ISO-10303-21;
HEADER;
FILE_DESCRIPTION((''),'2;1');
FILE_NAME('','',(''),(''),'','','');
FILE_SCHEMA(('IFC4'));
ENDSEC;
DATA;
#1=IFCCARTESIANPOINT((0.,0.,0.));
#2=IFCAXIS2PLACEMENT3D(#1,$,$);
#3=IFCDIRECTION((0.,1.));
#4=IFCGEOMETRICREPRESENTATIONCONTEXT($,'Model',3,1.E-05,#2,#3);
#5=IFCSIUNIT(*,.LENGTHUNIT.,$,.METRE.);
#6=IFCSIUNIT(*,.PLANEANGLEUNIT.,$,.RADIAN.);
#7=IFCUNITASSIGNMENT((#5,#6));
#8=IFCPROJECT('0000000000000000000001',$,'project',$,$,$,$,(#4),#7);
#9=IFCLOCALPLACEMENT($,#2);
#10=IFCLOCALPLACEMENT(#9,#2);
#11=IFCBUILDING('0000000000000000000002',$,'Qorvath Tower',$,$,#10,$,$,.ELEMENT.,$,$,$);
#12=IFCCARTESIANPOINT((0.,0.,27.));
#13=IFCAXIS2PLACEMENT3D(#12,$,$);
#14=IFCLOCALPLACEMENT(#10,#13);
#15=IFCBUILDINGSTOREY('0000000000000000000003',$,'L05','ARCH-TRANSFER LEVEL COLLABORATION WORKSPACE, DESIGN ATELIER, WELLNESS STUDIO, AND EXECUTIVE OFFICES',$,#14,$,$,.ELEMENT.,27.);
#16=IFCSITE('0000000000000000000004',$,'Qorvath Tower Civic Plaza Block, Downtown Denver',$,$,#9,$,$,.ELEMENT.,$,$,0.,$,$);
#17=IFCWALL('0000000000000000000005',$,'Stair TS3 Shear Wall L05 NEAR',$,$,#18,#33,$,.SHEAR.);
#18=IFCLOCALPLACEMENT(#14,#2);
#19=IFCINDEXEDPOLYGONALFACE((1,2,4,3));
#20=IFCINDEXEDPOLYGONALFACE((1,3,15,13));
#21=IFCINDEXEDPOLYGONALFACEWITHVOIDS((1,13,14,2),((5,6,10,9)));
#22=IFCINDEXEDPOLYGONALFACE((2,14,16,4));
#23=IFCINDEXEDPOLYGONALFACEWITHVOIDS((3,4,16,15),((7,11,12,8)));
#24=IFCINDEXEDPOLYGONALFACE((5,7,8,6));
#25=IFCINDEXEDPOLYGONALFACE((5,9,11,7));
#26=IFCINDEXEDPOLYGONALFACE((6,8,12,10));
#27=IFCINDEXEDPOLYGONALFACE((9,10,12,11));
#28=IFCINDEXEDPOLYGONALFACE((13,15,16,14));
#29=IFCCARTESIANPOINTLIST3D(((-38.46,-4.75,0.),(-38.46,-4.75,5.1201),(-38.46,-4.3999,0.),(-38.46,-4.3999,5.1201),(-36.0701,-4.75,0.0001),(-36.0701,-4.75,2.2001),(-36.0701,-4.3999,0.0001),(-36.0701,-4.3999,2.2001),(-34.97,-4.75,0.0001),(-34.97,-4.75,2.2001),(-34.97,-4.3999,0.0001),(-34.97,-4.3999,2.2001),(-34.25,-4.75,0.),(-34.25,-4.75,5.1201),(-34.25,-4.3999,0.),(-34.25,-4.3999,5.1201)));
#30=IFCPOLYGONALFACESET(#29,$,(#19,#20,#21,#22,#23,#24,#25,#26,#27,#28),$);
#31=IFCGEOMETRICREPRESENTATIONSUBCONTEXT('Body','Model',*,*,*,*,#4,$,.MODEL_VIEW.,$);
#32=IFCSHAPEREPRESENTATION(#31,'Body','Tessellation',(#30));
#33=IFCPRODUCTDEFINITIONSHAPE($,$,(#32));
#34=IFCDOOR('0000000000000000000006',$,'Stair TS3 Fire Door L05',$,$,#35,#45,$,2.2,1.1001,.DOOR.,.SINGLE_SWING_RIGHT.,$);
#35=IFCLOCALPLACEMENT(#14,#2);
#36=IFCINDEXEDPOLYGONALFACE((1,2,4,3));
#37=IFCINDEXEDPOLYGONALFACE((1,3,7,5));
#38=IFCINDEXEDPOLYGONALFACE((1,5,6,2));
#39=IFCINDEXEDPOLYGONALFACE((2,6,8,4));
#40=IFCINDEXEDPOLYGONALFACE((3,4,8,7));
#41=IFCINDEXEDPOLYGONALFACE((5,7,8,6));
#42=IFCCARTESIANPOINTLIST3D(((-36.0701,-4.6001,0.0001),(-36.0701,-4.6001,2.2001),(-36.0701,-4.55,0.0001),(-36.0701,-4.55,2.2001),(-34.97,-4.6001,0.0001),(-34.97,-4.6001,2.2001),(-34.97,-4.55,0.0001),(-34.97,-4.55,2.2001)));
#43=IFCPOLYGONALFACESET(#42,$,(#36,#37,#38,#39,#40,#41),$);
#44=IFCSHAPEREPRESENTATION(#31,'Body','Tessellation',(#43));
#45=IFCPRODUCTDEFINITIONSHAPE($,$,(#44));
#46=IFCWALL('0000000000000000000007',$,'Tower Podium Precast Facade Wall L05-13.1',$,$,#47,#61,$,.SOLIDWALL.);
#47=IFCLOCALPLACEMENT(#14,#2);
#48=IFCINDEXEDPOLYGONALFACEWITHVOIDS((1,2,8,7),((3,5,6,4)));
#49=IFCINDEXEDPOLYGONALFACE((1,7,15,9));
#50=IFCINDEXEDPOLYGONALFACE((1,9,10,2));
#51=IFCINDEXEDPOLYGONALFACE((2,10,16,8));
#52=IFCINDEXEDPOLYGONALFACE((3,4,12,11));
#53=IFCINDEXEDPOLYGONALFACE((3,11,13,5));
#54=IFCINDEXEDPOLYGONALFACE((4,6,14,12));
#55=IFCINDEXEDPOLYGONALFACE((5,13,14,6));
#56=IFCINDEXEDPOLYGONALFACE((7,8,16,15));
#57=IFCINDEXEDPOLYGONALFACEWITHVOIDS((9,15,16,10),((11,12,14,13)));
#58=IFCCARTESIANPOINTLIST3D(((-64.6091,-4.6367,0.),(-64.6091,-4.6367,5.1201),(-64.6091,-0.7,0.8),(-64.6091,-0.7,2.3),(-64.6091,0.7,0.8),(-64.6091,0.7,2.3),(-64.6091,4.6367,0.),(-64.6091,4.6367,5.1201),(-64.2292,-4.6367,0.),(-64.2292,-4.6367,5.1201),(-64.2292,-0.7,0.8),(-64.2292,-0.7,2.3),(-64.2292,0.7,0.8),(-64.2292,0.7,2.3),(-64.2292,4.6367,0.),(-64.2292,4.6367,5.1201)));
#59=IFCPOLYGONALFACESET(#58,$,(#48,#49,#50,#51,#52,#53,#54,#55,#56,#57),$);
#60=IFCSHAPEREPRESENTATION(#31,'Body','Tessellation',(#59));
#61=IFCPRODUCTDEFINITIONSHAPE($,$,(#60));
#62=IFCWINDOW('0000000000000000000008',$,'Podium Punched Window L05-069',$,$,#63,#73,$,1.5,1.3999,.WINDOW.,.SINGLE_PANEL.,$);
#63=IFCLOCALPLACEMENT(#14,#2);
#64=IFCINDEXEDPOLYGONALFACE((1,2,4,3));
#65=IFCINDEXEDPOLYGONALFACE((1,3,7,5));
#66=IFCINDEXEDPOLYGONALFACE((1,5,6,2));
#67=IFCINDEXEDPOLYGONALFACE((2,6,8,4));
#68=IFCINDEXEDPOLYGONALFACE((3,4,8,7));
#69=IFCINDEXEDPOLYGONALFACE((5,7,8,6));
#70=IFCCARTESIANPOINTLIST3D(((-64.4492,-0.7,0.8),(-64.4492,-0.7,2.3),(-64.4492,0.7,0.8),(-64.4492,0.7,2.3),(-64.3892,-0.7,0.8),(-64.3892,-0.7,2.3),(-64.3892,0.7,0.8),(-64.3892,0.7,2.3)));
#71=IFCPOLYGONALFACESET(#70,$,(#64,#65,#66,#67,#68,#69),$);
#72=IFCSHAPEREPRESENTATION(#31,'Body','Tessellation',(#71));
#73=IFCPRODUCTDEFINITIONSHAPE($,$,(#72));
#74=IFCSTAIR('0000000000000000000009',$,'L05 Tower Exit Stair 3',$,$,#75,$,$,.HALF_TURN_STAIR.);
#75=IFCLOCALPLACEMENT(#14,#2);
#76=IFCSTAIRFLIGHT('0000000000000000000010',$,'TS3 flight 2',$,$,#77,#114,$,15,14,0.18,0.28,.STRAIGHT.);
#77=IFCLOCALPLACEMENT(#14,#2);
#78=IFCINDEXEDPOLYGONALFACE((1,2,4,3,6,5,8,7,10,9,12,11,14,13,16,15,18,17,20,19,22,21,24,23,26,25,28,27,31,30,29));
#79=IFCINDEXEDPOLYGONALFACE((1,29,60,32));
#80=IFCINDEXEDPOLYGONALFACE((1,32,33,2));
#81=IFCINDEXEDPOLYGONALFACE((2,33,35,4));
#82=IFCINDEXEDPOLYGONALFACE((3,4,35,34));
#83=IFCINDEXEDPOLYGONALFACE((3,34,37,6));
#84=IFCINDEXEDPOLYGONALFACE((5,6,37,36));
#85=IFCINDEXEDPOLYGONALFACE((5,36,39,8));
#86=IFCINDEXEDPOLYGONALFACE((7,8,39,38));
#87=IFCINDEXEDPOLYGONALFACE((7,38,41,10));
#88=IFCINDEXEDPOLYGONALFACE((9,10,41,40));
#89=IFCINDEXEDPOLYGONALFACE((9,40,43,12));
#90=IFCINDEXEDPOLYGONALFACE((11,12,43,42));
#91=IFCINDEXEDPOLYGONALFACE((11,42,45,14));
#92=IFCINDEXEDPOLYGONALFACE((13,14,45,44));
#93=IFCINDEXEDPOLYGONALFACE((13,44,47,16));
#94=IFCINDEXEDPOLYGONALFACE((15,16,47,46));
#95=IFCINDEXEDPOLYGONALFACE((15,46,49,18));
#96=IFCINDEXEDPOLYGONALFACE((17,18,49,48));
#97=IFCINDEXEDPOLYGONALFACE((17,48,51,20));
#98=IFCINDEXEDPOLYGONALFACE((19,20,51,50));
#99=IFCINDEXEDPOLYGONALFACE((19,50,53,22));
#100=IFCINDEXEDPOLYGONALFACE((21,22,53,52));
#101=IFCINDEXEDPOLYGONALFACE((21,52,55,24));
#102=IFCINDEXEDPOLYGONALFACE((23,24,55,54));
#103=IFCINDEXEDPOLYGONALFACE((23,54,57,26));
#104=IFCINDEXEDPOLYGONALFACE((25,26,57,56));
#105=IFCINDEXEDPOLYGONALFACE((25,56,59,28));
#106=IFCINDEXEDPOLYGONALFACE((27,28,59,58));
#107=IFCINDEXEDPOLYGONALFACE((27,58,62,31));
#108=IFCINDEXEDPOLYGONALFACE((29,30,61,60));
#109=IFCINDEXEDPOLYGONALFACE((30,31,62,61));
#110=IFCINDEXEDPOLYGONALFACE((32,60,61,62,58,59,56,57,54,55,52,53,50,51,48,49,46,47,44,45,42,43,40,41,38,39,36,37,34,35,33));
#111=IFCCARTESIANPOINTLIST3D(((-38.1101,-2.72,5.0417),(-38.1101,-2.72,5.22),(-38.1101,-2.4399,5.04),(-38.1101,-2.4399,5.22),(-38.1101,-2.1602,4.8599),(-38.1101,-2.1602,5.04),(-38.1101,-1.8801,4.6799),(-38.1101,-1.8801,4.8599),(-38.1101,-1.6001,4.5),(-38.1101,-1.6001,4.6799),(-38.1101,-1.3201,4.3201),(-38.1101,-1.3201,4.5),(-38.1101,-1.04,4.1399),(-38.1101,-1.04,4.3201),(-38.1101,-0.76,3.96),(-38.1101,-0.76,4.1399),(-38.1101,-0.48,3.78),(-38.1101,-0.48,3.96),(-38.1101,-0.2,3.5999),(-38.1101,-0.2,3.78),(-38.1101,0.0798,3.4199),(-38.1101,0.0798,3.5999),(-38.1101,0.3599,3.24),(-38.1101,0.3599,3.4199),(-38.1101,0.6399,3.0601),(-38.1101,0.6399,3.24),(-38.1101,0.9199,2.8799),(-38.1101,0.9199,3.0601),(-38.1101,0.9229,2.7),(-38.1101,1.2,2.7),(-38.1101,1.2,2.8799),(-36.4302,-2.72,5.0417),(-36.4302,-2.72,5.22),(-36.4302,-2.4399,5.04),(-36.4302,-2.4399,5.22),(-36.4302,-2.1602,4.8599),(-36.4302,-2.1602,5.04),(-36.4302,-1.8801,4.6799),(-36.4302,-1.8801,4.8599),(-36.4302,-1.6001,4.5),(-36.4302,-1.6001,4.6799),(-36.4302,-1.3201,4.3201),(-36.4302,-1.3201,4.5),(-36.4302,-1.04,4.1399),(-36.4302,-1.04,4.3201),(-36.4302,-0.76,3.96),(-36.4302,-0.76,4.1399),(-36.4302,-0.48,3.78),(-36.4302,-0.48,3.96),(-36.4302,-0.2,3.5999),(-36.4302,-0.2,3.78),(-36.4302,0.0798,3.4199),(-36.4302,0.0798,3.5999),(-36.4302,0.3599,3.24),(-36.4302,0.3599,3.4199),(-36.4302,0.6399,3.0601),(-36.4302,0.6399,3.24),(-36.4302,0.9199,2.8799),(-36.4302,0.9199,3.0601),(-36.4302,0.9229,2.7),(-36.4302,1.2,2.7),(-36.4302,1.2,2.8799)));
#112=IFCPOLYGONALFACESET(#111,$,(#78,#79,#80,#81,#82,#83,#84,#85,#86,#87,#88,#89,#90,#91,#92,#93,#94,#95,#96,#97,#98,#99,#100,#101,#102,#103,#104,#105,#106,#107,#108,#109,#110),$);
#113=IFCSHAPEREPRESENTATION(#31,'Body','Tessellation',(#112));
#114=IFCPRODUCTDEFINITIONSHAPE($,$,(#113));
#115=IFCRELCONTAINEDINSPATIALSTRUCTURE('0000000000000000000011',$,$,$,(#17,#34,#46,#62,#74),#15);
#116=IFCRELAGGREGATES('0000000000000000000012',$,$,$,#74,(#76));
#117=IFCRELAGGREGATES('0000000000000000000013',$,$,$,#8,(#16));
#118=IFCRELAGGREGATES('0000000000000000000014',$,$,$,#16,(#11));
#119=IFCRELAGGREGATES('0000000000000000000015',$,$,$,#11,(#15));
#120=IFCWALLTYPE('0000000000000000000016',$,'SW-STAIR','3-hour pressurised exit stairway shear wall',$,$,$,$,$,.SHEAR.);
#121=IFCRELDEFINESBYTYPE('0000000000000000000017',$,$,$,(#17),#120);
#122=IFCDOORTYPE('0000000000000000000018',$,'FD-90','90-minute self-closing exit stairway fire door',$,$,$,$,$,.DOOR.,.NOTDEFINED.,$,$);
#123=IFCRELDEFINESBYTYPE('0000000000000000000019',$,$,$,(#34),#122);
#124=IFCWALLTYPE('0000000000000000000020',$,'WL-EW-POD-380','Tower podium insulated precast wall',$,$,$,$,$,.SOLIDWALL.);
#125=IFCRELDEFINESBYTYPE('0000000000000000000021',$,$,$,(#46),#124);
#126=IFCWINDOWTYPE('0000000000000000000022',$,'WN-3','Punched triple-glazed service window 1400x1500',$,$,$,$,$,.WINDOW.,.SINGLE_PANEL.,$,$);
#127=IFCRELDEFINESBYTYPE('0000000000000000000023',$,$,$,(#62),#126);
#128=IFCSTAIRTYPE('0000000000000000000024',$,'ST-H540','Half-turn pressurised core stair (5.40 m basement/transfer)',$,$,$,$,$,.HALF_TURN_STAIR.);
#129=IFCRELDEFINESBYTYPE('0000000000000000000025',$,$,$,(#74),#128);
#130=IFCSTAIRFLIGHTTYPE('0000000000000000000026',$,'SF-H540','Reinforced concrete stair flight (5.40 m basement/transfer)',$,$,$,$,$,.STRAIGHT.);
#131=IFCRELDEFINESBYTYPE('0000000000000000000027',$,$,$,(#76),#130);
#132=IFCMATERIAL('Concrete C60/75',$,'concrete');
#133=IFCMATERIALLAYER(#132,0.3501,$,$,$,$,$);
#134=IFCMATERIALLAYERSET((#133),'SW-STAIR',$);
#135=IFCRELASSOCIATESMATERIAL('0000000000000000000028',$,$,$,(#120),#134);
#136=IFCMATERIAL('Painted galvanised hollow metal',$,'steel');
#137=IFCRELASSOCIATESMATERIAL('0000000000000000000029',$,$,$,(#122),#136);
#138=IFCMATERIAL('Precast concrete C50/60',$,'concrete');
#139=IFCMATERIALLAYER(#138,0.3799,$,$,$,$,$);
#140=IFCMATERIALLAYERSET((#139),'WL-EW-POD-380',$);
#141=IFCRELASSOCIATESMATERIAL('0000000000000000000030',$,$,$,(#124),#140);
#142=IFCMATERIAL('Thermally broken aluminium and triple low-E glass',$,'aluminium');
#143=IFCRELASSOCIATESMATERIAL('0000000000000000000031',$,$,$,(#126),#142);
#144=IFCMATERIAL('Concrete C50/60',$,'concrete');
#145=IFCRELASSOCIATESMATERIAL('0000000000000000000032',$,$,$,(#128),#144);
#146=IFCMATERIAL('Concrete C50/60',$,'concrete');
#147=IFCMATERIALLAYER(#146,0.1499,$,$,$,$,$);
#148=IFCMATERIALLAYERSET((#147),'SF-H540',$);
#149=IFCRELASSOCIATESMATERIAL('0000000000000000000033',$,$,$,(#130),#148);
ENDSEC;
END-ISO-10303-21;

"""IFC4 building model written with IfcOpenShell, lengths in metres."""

from ifc_helpers import new_model, si_unit, direction, frame, frame_2d, origin, place, context, subcontext, project, spatial, polyline, rectangle, outline, extrude, material, layer, layer_set, type_object, element, fill, aggregate, save


model = new_model("IFC4")

# Units and contexts
model_context = context("Model", 3, precision=1e-05, world=origin(), true_north=direction((0.0, 1.0)))
body_context = subcontext(model_context, "Body", "Model", "MODEL_VIEW")
ifc_project = project(units=[si_unit("LENGTHUNIT", "METRE"), si_unit("PLANEANGLEUNIT", "RADIAN")], contexts=[model_context])

# Site, building, storey
site_placement = place(None, origin())
site = spatial("IfcSite", under=ifc_project, at=site_placement, Name="Qorvath Tower Civic Plaza Block, Downtown Denver", CompositionType="ELEMENT", RefElevation=0.0)
building_placement = place(site_placement, origin())
building = spatial("IfcBuilding", under=site, at=building_placement, Name="Qorvath Tower", CompositionType="ELEMENT")
storey_placement = place(building_placement, frame((0.0, 0.0, 27.0)))
storey = spatial("IfcBuildingStorey", under=building, at=storey_placement, Name="L05", Description="ARCH-TRANSFER LEVEL COLLABORATION WORKSPACE, DESIGN ATELIER, WELLNESS STUDIO, AND EXECUTIVE OFFICES", CompositionType="ELEMENT", Elevation=27.0)

# Wall, opening, door
ifc_material_1 = material(Name="Concrete C60/75", Category="concrete")
ifc_layer_1 = layer(ifc_material_1, 0.3501)
ifc_layer_set_1 = layer_set([ifc_layer_1], Name="SW-STAIR")
wall_type_1 = type_object("IfcWallType", Name="SW-STAIR", Description="3-hour pressurised exit stairway shear wall", PredefinedType="SHEAR", material=ifc_layer_set_1)
wall_1_placement = place(storey_placement, frame((-38.46, -4.575, 0.0), z_axis=(0.0, 0.0, 1.0), x_axis=(1.0, 0.0, 0.0)))
wall_1 = element("IfcWall", 1, at=wall_1_placement, inside=storey, type_object=wall_type_1, Name="Stair TS3 Shear Wall L05 NEAR", PredefinedType="SHEAR", context=body_context, shape_type="SweptSolid", body=[
    extrude(rectangle(XDim=4.21, YDim=0.3501, at=frame_2d((2.105, 0.0))), origin(), (0.0, 0.0, 1.0), 5.1201),
])
opening_1_placement = place(wall_1_placement, frame((2.3899, 0.0, 0.0)))
opening_1 = element("IfcOpeningElement", 2, at=opening_1_placement, cuts=wall_1, PredefinedType="OPENING", context=body_context, shape_type="SweptSolid", body=[
    extrude(rectangle(XDim=1.1001, YDim=2.2, at=frame_2d((0.55, 1.1001))), frame((0.0, 0.1851, 0.0), z_axis=(0.0, -1.0, 0.0), x_axis=(1.0, 0.0, 0.0)), (0.0, 0.0, 1.0), 0.3701),
])
ifc_material_2 = material(Name="Painted galvanised hollow metal", Category="steel")
door_type = type_object("IfcDoorType", Name="FD-90", Description="90-minute self-closing exit stairway fire door", OperationType="NOTDEFINED", PredefinedType="DOOR", material=ifc_material_2)
door_placement = place(opening_1_placement, origin())
door = element("IfcDoor", 3, at=door_placement, inside=storey, type_object=door_type, Name="Stair TS3 Fire Door L05", OperationType="SINGLE_SWING_RIGHT", OverallHeight=2.2, OverallWidth=1.1001, PredefinedType="DOOR", context=body_context, shape_type="SweptSolid", body=[
    extrude(rectangle(XDim=1.1001, YDim=2.2, at=frame_2d((0.55, 1.1001))), frame((0.0, 0.0249, 0.0), z_axis=(0.0, -1.0, 0.0), x_axis=(1.0, 0.0, 0.0)), (0.0, 0.0, 1.0), 0.05),
])
fill(opening_1, door)

# Wall, opening, window
ifc_material_3 = material(Name="Precast concrete C50/60", Category="concrete")
ifc_layer_2 = layer(ifc_material_3, 0.3799)
ifc_layer_set_2 = layer_set([ifc_layer_2], Name="WL-EW-POD-380")
wall_type_2 = type_object("IfcWallType", Name="WL-EW-POD-380", Description="Tower podium insulated precast wall", PredefinedType="SOLIDWALL", material=ifc_layer_set_2)
wall_2_placement = place(storey_placement, frame((-64.4192, -4.6367, 0.0), z_axis=(0.0, 0.0, 1.0), x_axis=(0.0, 1.0, 0.0)))
wall_2 = element("IfcWall", 4, at=wall_2_placement, inside=storey, type_object=wall_type_2, Name="Tower Podium Precast Facade Wall L05-13.1", PredefinedType="SOLIDWALL", context=body_context, shape_type="SweptSolid", body=[
    extrude(rectangle(XDim=9.2734, YDim=0.3799, at=frame_2d((4.6367, 0.0))), origin(), (0.0, 0.0, 1.0), 5.1201),
])
opening_2_placement = place(wall_2_placement, frame((3.9368, 0.0, 0.8)))
opening_2 = element("IfcOpeningElement", 5, at=opening_2_placement, cuts=wall_2, PredefinedType="OPENING", context=body_context, shape_type="SweptSolid", body=[
    extrude(rectangle(XDim=1.3999, YDim=1.5, at=frame_2d((0.7, 0.75))), frame((0.0, 0.2, 0.0), z_axis=(0.0, -1.0, 0.0), x_axis=(1.0, 0.0, 0.0)), (0.0, 0.0, 1.0), 0.3999),
])
ifc_material_4 = material(Name="Thermally broken aluminium and triple low-E glass", Category="aluminium")
window_type = type_object("IfcWindowType", Name="WN-3", Description="Punched triple-glazed service window 1400x1500", PartitioningType="SINGLE_PANEL", PredefinedType="WINDOW", material=ifc_material_4)
window_placement = place(opening_2_placement, origin())
window = element("IfcWindow", 6, at=window_placement, inside=storey, type_object=window_type, Name="Podium Punched Window L05-069", OverallHeight=1.5, OverallWidth=1.3999, PartitioningType="SINGLE_PANEL", PredefinedType="WINDOW", context=body_context, shape_type="SweptSolid", body=[
    extrude(rectangle(XDim=1.3999, YDim=1.5, at=frame_2d((0.7, 0.75))), frame((0.0, 0.03, 0.0), z_axis=(0.0, -1.0, 0.0), x_axis=(1.0, 0.0, 0.0)), (0.0, 0.0, 1.0), 0.0601),
])
fill(opening_2, window)

# Stair, stair flight
ifc_material_5 = material(Name="Concrete C50/60", Category="concrete")
stair_type = type_object("IfcStairType", Name="ST-H540", Description="Half-turn pressurised core stair (5.40 m basement/transfer)", PredefinedType="HALF_TURN_STAIR", material=ifc_material_5)
stair_placement = place(storey_placement, origin())
stair = element("IfcStair", 7, at=stair_placement, inside=storey, type_object=stair_type, Name="L05 Tower Exit Stair 3", PredefinedType="HALF_TURN_STAIR")
ifc_material_6 = material(Name="Concrete C50/60", Category="concrete")
ifc_layer_3 = layer(ifc_material_6, 0.1499)
ifc_layer_set_3 = layer_set([ifc_layer_3], Name="SF-H540")
stair_flight_type = type_object("IfcStairFlightType", Name="SF-H540", Description="Reinforced concrete stair flight (5.40 m basement/transfer)", PredefinedType="STRAIGHT", material=ifc_layer_set_3)
stair_flight_placement = place(storey_placement, frame((-37.27, 1.2, 2.7), z_axis=(0.0, 0.0, 1.0), x_axis=(0.0, -1.0, 0.0)))
stair_flight = element("IfcStairFlight", 8, at=stair_flight_placement, type_object=stair_flight_type, Name="TS3 flight 2", NumberOfRisers=15, NumberOfTreads=14, PredefinedType="STRAIGHT", RiserHeight=0.18, TreadLength=0.28, context=body_context, shape_type="SweptSolid", body=[
    extrude(outline(polyline([(0.0, 0.0), (0.0, 0.1799), (0.28, 0.1799), (0.28, 0.3601), (0.5601, 0.3601), (0.5601, 0.54), (0.8401, 0.54), (0.8401, 0.72), (1.1201, 0.72), (1.1201, 0.8999), (1.3999, 0.8999), (1.3999, 1.0801), (1.6799, 1.0801), (1.6799, 1.26), (1.96, 1.26), (1.96, 1.4399), (2.24, 1.4399), (2.24, 1.6201), (2.52, 1.6201), (2.52, 1.8), (2.8, 1.8), (2.8, 1.98), (3.0801, 1.98), (3.0801, 2.1599), (3.3601, 2.1599), (3.3601, 2.3401), (3.6399, 2.3401), (3.6399, 2.52), (3.9199, 2.52), (3.9199, 2.7), (3.9199, 2.3418), (0.2771, 0.0), (0.0, 0.0)])), frame((0.0, 0.8398, 0.0), z_axis=(0.0, -1.0, 0.0), x_axis=(1.0, 0.0, 0.0)), (0.0, 0.0, 1.0), 1.6799),
])
aggregate(stair, [stair_flight])

save(model, "model.ifc")
